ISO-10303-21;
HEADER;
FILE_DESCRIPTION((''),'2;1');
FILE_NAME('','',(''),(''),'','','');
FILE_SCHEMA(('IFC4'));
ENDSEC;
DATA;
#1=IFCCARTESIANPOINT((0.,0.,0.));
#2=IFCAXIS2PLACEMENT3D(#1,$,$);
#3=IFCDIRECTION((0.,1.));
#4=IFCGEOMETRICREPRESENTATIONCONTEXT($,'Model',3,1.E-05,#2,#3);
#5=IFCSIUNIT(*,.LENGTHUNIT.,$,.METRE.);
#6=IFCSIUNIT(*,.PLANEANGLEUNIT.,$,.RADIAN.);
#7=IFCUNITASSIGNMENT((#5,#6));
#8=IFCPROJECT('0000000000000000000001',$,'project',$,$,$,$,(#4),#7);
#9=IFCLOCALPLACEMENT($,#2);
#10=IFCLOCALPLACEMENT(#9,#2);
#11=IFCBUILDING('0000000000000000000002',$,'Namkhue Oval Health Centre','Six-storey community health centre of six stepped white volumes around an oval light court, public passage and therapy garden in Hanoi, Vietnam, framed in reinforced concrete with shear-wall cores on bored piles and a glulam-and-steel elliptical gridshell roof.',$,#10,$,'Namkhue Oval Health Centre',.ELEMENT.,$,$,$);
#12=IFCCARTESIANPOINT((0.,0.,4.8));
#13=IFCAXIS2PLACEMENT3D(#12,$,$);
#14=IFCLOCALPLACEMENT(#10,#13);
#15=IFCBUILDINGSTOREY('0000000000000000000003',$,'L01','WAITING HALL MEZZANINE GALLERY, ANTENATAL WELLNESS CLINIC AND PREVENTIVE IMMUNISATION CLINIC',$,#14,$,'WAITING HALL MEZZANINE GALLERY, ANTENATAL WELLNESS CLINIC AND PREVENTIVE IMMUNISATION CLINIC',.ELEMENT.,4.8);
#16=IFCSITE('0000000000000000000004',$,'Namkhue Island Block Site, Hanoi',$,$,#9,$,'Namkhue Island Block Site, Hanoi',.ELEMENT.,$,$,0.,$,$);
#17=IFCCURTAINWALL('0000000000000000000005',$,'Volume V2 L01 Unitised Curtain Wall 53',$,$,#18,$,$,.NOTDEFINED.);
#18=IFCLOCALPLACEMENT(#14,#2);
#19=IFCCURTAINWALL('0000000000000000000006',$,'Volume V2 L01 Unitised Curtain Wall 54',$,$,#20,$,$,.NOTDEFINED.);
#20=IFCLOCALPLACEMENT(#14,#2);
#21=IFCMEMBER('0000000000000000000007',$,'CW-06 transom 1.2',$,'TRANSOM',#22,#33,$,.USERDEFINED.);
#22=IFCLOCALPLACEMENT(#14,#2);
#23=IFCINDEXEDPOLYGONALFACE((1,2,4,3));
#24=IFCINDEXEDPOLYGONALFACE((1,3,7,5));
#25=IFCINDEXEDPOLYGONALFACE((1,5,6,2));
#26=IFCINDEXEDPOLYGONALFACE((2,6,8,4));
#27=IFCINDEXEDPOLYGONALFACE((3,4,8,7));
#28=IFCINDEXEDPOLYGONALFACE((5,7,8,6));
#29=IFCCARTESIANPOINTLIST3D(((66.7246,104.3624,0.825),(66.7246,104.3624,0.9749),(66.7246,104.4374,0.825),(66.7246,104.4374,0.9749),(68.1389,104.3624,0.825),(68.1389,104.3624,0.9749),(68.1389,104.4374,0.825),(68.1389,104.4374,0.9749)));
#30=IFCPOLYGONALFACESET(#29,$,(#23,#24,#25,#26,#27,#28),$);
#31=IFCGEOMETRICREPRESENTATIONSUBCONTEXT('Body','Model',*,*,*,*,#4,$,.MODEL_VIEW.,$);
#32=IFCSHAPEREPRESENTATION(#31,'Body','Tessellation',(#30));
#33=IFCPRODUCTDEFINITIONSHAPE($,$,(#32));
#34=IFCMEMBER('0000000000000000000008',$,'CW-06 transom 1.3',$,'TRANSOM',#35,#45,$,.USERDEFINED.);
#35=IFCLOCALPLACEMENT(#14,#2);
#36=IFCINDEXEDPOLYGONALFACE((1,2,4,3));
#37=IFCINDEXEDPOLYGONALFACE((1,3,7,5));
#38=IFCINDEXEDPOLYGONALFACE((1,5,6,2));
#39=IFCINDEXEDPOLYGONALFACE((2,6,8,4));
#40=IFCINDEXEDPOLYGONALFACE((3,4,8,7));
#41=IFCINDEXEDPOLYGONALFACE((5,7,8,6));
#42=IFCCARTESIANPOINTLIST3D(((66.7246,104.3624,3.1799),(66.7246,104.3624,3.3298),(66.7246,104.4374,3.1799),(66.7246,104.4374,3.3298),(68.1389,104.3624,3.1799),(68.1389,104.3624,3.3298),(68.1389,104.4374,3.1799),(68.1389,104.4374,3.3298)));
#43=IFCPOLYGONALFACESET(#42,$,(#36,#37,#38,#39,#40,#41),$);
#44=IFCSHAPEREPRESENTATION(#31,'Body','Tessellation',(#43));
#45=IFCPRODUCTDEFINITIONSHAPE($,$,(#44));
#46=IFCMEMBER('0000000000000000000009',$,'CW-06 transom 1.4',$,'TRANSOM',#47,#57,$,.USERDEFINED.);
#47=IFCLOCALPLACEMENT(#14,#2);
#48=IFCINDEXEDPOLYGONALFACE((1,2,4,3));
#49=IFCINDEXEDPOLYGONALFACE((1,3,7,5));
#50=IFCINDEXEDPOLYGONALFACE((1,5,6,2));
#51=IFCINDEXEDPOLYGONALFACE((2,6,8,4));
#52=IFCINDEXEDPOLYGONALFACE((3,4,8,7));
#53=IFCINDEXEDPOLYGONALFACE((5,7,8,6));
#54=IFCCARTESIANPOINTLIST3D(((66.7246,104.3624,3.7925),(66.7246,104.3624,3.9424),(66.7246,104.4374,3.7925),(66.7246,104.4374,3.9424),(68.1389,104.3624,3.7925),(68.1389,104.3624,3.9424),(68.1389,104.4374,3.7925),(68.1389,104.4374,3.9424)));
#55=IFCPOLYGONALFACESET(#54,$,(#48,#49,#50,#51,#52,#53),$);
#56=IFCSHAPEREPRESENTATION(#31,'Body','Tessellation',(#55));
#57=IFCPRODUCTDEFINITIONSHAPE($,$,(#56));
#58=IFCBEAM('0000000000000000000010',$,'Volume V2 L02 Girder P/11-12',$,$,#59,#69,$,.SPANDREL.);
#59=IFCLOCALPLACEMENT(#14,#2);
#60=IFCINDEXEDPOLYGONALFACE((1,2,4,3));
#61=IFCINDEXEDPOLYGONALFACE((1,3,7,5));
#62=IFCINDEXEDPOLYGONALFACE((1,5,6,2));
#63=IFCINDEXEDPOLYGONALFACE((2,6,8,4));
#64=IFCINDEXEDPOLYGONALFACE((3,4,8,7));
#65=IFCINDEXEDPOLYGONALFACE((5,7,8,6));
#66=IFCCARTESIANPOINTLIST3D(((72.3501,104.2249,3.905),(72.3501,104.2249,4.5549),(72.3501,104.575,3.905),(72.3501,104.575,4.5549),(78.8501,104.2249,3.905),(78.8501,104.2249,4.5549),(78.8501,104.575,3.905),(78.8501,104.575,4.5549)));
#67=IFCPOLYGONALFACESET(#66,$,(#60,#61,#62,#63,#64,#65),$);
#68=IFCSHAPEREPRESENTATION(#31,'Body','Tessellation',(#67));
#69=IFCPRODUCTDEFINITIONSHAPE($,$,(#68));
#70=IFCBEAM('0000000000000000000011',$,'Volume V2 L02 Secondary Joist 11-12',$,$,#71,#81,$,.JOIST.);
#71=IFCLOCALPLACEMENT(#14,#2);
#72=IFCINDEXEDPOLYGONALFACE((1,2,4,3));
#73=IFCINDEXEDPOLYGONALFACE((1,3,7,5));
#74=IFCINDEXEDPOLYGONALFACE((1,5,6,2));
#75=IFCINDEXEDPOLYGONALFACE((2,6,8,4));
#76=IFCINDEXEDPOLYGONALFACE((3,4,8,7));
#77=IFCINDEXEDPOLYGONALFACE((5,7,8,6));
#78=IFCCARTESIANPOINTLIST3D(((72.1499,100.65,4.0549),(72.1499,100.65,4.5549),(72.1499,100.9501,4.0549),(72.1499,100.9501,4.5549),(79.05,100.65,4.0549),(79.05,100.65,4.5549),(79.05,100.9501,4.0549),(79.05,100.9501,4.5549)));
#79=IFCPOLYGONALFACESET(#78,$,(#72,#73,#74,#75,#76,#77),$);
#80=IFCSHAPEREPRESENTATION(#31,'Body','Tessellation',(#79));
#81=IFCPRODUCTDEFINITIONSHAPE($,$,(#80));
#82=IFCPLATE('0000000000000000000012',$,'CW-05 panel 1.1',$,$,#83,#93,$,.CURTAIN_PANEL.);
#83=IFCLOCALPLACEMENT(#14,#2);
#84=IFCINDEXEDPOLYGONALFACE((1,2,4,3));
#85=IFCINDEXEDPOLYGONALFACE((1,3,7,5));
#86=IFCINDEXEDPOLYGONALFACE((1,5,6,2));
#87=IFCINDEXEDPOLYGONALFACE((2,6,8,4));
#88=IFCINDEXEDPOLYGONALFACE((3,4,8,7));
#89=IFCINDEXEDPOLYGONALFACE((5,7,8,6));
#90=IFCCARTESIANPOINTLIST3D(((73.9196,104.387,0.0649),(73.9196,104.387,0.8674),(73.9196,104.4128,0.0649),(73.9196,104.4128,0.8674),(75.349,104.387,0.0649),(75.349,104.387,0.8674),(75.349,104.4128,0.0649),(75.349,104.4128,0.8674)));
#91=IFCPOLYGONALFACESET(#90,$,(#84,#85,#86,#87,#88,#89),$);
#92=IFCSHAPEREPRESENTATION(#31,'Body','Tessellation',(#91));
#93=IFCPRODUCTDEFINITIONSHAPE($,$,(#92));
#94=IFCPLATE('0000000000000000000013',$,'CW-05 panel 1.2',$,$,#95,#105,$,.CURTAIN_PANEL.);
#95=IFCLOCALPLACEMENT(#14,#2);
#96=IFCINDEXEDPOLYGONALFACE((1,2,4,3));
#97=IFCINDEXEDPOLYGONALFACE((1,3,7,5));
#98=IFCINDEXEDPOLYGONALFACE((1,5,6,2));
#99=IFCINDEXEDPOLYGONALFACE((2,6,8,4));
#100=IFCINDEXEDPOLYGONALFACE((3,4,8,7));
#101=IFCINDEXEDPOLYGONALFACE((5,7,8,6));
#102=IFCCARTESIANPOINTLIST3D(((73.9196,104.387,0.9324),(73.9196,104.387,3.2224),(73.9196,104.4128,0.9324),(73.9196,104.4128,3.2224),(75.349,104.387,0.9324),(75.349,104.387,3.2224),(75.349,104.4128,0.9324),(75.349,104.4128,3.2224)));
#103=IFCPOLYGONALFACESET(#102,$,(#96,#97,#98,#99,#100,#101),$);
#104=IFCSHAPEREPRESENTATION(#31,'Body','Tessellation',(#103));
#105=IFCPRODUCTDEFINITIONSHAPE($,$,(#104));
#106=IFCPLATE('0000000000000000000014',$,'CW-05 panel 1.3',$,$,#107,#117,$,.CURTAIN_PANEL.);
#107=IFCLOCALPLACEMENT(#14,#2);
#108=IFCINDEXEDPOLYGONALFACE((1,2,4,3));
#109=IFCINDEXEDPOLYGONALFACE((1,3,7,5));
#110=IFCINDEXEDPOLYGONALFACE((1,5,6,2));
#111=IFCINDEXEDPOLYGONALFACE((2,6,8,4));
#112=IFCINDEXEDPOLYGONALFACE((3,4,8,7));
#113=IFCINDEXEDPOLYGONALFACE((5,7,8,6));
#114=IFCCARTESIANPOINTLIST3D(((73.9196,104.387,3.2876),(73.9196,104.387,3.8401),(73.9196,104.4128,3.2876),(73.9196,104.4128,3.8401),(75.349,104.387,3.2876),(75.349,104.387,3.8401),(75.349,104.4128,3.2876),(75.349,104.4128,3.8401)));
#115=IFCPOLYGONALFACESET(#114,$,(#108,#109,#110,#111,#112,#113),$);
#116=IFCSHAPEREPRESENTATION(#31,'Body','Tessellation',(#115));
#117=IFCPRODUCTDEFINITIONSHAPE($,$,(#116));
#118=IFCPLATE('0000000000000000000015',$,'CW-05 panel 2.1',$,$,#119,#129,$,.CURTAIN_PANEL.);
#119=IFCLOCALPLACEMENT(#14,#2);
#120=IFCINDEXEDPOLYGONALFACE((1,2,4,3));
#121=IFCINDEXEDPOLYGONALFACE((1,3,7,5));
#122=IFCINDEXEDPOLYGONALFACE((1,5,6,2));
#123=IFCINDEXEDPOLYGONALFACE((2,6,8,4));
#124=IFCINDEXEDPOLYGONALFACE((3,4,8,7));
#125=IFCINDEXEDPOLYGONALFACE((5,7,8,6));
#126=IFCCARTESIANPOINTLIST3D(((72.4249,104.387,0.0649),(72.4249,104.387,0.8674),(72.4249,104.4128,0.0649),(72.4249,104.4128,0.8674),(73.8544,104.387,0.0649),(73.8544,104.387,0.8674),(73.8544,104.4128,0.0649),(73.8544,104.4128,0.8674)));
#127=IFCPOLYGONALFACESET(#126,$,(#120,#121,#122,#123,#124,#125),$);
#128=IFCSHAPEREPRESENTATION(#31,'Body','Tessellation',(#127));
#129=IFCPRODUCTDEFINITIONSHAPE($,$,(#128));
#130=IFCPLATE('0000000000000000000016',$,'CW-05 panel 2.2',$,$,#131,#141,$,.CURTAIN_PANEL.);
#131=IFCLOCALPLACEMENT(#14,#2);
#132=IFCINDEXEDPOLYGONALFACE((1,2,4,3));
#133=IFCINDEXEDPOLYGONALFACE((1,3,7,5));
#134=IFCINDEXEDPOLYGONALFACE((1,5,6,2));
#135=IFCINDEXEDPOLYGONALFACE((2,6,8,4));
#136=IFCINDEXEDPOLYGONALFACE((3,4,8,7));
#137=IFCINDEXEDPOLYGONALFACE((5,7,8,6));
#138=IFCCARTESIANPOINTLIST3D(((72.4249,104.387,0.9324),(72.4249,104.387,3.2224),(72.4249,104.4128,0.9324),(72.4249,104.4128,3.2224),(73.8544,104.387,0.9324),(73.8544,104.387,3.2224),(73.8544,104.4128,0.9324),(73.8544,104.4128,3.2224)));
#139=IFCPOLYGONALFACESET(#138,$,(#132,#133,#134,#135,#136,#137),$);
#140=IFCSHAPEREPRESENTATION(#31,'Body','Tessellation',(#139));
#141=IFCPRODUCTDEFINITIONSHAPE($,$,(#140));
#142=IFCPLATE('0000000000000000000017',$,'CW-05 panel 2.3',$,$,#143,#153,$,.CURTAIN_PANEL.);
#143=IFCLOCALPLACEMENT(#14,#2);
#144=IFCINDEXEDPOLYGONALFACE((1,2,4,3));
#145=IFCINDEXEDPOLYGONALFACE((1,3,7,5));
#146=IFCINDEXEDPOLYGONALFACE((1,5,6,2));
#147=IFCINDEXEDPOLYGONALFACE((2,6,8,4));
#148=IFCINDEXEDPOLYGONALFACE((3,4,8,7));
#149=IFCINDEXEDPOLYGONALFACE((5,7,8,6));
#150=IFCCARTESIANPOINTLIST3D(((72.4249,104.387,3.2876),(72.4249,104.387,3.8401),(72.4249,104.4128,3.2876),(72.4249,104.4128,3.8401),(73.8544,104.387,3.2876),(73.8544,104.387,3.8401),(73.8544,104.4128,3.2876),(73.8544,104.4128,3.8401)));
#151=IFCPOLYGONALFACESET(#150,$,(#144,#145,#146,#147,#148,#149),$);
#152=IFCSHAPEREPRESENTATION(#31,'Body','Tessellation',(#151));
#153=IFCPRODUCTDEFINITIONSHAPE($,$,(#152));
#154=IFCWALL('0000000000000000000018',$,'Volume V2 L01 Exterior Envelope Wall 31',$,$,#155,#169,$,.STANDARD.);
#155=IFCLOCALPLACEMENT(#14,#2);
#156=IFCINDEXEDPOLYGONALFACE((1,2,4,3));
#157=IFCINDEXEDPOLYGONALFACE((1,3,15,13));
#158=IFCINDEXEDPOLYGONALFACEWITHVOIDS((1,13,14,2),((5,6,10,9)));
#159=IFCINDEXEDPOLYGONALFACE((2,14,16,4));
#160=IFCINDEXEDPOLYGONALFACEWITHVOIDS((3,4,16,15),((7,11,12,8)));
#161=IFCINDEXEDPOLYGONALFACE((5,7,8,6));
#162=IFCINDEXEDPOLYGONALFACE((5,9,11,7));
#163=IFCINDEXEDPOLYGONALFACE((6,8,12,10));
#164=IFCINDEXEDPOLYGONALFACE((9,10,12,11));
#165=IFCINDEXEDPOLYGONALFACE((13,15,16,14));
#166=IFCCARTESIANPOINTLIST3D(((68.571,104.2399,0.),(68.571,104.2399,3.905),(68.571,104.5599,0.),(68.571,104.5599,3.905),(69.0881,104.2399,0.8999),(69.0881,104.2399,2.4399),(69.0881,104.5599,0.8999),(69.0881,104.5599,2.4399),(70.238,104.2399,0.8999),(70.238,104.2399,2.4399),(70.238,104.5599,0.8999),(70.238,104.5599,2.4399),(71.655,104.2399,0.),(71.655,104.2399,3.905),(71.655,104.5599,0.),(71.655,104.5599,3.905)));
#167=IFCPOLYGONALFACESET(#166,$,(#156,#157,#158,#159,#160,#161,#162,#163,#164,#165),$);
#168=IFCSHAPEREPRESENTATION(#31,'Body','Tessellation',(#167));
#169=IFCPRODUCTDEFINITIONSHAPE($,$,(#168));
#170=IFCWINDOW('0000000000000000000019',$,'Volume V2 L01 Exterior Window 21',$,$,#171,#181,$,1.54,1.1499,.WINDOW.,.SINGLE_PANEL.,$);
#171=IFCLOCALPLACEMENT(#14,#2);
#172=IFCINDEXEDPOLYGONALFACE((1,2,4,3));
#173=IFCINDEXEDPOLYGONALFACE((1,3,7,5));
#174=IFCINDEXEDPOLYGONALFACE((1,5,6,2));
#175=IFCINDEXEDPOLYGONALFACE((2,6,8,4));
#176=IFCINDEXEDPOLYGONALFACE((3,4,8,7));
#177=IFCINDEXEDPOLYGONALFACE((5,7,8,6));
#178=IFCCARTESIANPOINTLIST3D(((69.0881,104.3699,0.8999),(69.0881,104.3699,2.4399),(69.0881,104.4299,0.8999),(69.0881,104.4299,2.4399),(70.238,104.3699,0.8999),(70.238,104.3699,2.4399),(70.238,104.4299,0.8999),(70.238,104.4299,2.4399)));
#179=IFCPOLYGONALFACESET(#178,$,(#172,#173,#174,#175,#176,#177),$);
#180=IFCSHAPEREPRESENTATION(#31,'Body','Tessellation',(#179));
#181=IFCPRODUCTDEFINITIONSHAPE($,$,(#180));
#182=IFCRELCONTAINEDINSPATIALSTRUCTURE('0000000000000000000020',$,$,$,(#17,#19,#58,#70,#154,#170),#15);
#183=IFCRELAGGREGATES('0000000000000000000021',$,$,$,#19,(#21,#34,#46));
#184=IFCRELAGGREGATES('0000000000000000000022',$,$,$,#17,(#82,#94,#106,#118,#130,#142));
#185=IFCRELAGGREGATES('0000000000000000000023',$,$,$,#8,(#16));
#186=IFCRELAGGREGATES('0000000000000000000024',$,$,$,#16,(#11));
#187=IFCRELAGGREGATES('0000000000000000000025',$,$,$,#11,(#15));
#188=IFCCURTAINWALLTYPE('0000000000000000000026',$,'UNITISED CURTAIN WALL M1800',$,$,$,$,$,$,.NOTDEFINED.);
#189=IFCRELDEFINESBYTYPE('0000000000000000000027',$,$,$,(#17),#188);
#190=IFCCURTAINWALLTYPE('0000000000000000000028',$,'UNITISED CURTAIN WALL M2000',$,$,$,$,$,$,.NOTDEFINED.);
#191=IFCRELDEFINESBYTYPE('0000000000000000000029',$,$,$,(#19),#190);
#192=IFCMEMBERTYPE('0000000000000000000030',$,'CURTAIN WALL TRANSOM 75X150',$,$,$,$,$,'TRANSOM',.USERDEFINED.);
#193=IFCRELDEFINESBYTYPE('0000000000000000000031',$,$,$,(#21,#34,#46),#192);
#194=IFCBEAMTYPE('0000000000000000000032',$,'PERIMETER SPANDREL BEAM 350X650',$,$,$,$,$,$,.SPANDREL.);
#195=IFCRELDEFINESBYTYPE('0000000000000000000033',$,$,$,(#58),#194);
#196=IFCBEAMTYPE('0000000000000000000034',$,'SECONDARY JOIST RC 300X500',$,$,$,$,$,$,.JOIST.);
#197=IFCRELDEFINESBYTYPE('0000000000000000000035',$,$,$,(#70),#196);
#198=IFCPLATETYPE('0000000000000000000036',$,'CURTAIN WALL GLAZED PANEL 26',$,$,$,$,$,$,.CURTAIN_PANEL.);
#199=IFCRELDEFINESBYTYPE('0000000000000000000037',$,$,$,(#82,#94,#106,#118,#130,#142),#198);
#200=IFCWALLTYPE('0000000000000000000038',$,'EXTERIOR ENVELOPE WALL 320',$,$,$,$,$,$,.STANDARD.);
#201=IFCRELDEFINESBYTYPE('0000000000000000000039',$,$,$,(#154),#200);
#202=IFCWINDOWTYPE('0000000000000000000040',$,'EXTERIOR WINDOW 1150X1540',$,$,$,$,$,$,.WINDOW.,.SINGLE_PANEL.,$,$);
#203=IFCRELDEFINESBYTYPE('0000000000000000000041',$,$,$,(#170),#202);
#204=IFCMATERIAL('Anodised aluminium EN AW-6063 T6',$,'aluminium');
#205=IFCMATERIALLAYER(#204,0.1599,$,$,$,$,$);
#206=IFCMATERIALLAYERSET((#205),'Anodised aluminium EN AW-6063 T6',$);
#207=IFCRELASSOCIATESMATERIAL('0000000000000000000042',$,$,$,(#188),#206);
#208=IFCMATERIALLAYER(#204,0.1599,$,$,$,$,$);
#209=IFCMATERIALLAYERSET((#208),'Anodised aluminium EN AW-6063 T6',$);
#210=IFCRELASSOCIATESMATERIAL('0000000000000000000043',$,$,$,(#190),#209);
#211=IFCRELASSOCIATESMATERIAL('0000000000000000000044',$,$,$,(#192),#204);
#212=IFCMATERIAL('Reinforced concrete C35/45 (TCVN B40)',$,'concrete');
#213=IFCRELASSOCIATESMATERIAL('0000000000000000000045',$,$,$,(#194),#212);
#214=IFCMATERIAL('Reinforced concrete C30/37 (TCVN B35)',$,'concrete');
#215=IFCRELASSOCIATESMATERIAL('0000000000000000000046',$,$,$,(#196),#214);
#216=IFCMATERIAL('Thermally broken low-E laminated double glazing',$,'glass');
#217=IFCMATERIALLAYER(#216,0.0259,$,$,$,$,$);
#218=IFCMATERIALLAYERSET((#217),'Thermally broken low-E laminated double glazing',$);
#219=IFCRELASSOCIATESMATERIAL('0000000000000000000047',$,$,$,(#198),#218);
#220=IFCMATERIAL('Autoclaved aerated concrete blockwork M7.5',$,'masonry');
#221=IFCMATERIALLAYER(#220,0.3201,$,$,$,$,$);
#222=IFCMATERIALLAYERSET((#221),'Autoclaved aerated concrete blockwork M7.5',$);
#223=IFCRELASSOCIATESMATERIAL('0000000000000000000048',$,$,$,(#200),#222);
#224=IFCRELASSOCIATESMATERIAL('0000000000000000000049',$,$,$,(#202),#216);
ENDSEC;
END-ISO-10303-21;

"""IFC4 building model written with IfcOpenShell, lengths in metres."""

from ifc_helpers import new_model, si_unit, direction, frame, frame_2d, origin, origin_2d, place, context, subcontext, project, spatial, rectangle, extrude, material, layer, layer_set, material_profile, profile_set, type_object, element, fill, aggregate, save


model = new_model("IFC4")

# Units and contexts
model_context = context("Model", 3, precision=1e-05, world=origin(), true_north=direction((0.0, 1.0)))
body_context = subcontext(model_context, "Body", "Model", "MODEL_VIEW")
ifc_project = project(units=[si_unit("LENGTHUNIT", "METRE"), si_unit("PLANEANGLEUNIT", "RADIAN")], contexts=[model_context])

# Site, building, storey
site_placement = place(None, origin())
site = spatial("IfcSite", under=ifc_project, at=site_placement, Name="Namkhue Island Block Site, Hanoi", LongName="Namkhue Island Block Site, Hanoi", CompositionType="ELEMENT", RefElevation=0.0)
building_placement = place(site_placement, origin())
building = spatial("IfcBuilding", under=site, at=building_placement, Name="Namkhue Oval Health Centre", Description="Six-storey community health centre of six stepped white volumes around an oval light court, public passage and therapy garden in Hanoi, Vietnam, framed in reinforced concrete with shear-wall cores on bored piles and a glulam-and-steel elliptical gridshell roof.", LongName="Namkhue Oval Health Centre", CompositionType="ELEMENT")
storey_placement = place(building_placement, frame((0.0, 0.0, 4.8)))
storey = spatial("IfcBuildingStorey", under=building, at=storey_placement, Name="L01", Description="WAITING HALL MEZZANINE GALLERY, ANTENATAL WELLNESS CLINIC AND PREVENTIVE IMMUNISATION CLINIC", LongName="WAITING HALL MEZZANINE GALLERY, ANTENATAL WELLNESS CLINIC AND PREVENTIVE IMMUNISATION CLINIC", CompositionType="ELEMENT", Elevation=4.8)

# Shared definitions
ifc_material_1 = material(Name="Reinforced concrete C35/45 (TCVN B40)", Category="concrete")

# Curtain wall
ifc_material_2 = material(Name="Anodised aluminium EN AW-6063 T6", Category="aluminium")
ifc_layer_1 = layer(ifc_material_2, 0.1599)
ifc_layer_set_1 = layer_set([ifc_layer_1], Name="Anodised aluminium EN AW-6063 T6")
curtain_wall_type_1 = type_object("IfcCurtainWallType", Name="UNITISED CURTAIN WALL M1800", PredefinedType="NOTDEFINED", material=ifc_layer_set_1)
curtain_wall_1_placement = place(storey_placement, origin())
curtain_wall_1 = element("IfcCurtainWall", 1, at=curtain_wall_1_placement, inside=storey, type_object=curtain_wall_type_1, Name="Volume V2 L01 Unitised Curtain Wall 53", PredefinedType="NOTDEFINED")

# Curtain wall
ifc_layer_2 = layer(ifc_material_2, 0.1599)
ifc_layer_set_2 = layer_set([ifc_layer_2], Name="Anodised aluminium EN AW-6063 T6")
curtain_wall_type_2 = type_object("IfcCurtainWallType", Name="UNITISED CURTAIN WALL M2000", PredefinedType="NOTDEFINED", material=ifc_layer_set_2)
curtain_wall_2_placement = place(storey_placement, origin())
curtain_wall_2 = element("IfcCurtainWall", 2, at=curtain_wall_2_placement, inside=storey, type_object=curtain_wall_type_2, Name="Volume V2 L01 Unitised Curtain Wall 54", PredefinedType="NOTDEFINED")

# Members
ifc_material_profile_1 = material_profile(ifc_material_2, rectangle(XDim=0.075, YDim=0.1499, at=origin_2d()), Name="ALU 75x150")
ifc_profile_set_1 = profile_set([ifc_material_profile_1], Name="Anodised aluminium EN AW-6063 T6")
member_type_1 = type_object("IfcMemberType", Name="CURTAIN WALL TRANSOM 75X150", ElementType="TRANSOM", PredefinedType="USERDEFINED", material=ifc_profile_set_1)
member_1_placement = place(storey_placement, frame((68.1389, 104.3999, 0.8999), z_axis=(-1.0, 0.0, 0.0), x_axis=(0.0, -1.0, 0.0)))
member_1 = element("IfcMember", 3, at=member_1_placement, type_object=member_type_1, Name="CW-06 transom 1.2", ObjectType="TRANSOM", PredefinedType="USERDEFINED", context=body_context, shape_type="SweptSolid", body=[
    extrude(rectangle(XDim=0.075, YDim=0.1499, at=origin_2d()), origin(), (0.0, 0.0, 1.0), 1.4143),
])
member_2_placement = place(storey_placement, frame((68.1389, 104.3999, 3.2549), z_axis=(-1.0, 0.0, 0.0), x_axis=(0.0, -1.0, 0.0)))
member_2 = element("IfcMember", 4, at=member_2_placement, type_object=member_type_1, Name="CW-06 transom 1.3", ObjectType="TRANSOM", PredefinedType="USERDEFINED", context=body_context, shape_type="SweptSolid", body=[
    extrude(rectangle(XDim=0.075, YDim=0.1499, at=origin_2d()), origin(), (0.0, 0.0, 1.0), 1.4143),
])
member_3_placement = place(storey_placement, frame((68.1389, 104.3999, 3.8674), z_axis=(-1.0, 0.0, 0.0), x_axis=(0.0, -1.0, 0.0)))
member_3 = element("IfcMember", 5, at=member_3_placement, type_object=member_type_1, Name="CW-06 transom 1.4", ObjectType="TRANSOM", PredefinedType="USERDEFINED", context=body_context, shape_type="SweptSolid", body=[
    extrude(rectangle(XDim=0.075, YDim=0.1499, at=origin_2d()), origin(), (0.0, 0.0, 1.0), 1.4143),
])
aggregate(curtain_wall_2, [member_1, member_2, member_3])

# Beams
ifc_material_profile_2 = material_profile(ifc_material_1, rectangle(XDim=0.3501, YDim=0.6499, at=origin_2d()), Name="RC 350x650")
ifc_profile_set_2 = profile_set([ifc_material_profile_2], Name="Reinforced concrete C35/45 (TCVN B40)")
beam_type_1 = type_object("IfcBeamType", Name="PERIMETER SPANDREL BEAM 350X650", PredefinedType="SPANDREL", material=ifc_profile_set_2)
beam_1_placement = place(storey_placement, frame((72.3501, 104.3999, 4.23), z_axis=(1.0, 0.0, 0.0), x_axis=(0.0, 1.0, 0.0)))
element("IfcBeam", 6, at=beam_1_placement, inside=storey, type_object=beam_type_1, Name="Volume V2 L02 Girder P/11-12", PredefinedType="SPANDREL", context=body_context, shape_type="SweptSolid", body=[
    extrude(rectangle(XDim=0.3501, YDim=0.6499, at=origin_2d()), origin(), (0.0, 0.0, 1.0), 6.5),
])
ifc_material_3 = material(Name="Reinforced concrete C30/37 (TCVN B35)", Category="concrete")
ifc_material_profile_3 = material_profile(ifc_material_3, rectangle(XDim=0.3, YDim=0.5, at=origin_2d()), Name="RC 300x500")
ifc_profile_set_3 = profile_set([ifc_material_profile_3], Name="Reinforced concrete C30/37 (TCVN B35)")
beam_type_2 = type_object("IfcBeamType", Name="SECONDARY JOIST RC 300X500", PredefinedType="JOIST", material=ifc_profile_set_3)
beam_2_placement = place(storey_placement, frame((72.1499, 100.8, 4.3049), z_axis=(1.0, 0.0, 0.0), x_axis=(0.0, 1.0, 0.0)))
element("IfcBeam", 7, at=beam_2_placement, inside=storey, type_object=beam_type_2, Name="Volume V2 L02 Secondary Joist 11-12", PredefinedType="JOIST", context=body_context, shape_type="SweptSolid", body=[
    extrude(rectangle(XDim=0.3, YDim=0.5, at=origin_2d()), origin(), (0.0, 0.0, 1.0), 6.9001),
])

# Plates
ifc_material_4 = material(Name="Thermally broken low-E laminated double glazing", Category="glass")
ifc_layer_3 = layer(ifc_material_4, 0.0259)
ifc_layer_set_3 = layer_set([ifc_layer_3], Name="Thermally broken low-E laminated double glazing")
plate_type = type_object("IfcPlateType", Name="CURTAIN WALL GLAZED PANEL 26", PredefinedType="CURTAIN_PANEL", material=ifc_layer_set_3)
plate_1_placement = place(storey_placement, frame((74.6343, 104.3999, 0.0649), z_axis=(0.0, 0.0, 1.0), x_axis=(-1.0, 0.0, 0.0)))
plate_1 = element("IfcPlate", 8, at=plate_1_placement, type_object=plate_type, Name="CW-05 panel 1.1", PredefinedType="CURTAIN_PANEL", context=body_context, shape_type="SweptSolid", body=[
    extrude(rectangle(XDim=1.4294, YDim=0.0259, at=origin_2d()), origin(), (0.0, 0.0, 1.0), 0.8025),
])
plate_2_placement = place(storey_placement, frame((74.6343, 104.3999, 0.9324), z_axis=(0.0, 0.0, 1.0), x_axis=(-1.0, 0.0, 0.0)))
plate_2 = element("IfcPlate", 9, at=plate_2_placement, type_object=plate_type, Name="CW-05 panel 1.2", PredefinedType="CURTAIN_PANEL", context=body_context, shape_type="SweptSolid", body=[
    extrude(rectangle(XDim=1.4294, YDim=0.0259, at=origin_2d()), origin(), (0.0, 0.0, 1.0), 2.29),
])
plate_3_placement = place(storey_placement, frame((74.6343, 104.3999, 3.2876), z_axis=(0.0, 0.0, 1.0), x_axis=(-1.0, 0.0, 0.0)))
plate_3 = element("IfcPlate", 10, at=plate_3_placement, type_object=plate_type, Name="CW-05 panel 1.3", PredefinedType="CURTAIN_PANEL", context=body_context, shape_type="SweptSolid", body=[
    extrude(rectangle(XDim=1.4294, YDim=0.0259, at=origin_2d()), origin(), (0.0, 0.0, 1.0), 0.5525),
])
plate_4_placement = place(storey_placement, frame((73.1396, 104.3999, 0.0649), z_axis=(0.0, 0.0, 1.0), x_axis=(-1.0, 0.0, 0.0)))
plate_4 = element("IfcPlate", 11, at=plate_4_placement, type_object=plate_type, Name="CW-05 panel 2.1", PredefinedType="CURTAIN_PANEL", context=body_context, shape_type="SweptSolid", body=[
    extrude(rectangle(XDim=1.4294, YDim=0.0259, at=origin_2d()), origin(), (0.0, 0.0, 1.0), 0.8025),
])
plate_5_placement = place(storey_placement, frame((73.1396, 104.3999, 0.9324), z_axis=(0.0, 0.0, 1.0), x_axis=(-1.0, 0.0, 0.0)))
plate_5 = element("IfcPlate", 12, at=plate_5_placement, type_object=plate_type, Name="CW-05 panel 2.2", PredefinedType="CURTAIN_PANEL", context=body_context, shape_type="SweptSolid", body=[
    extrude(rectangle(XDim=1.4294, YDim=0.0259, at=origin_2d()), origin(), (0.0, 0.0, 1.0), 2.29),
])
plate_6_placement = place(storey_placement, frame((73.1396, 104.3999, 3.2876), z_axis=(0.0, 0.0, 1.0), x_axis=(-1.0, 0.0, 0.0)))
plate_6 = element("IfcPlate", 13, at=plate_6_placement, type_object=plate_type, Name="CW-05 panel 2.3", PredefinedType="CURTAIN_PANEL", context=body_context, shape_type="SweptSolid", body=[
    extrude(rectangle(XDim=1.4294, YDim=0.0259, at=origin_2d()), origin(), (0.0, 0.0, 1.0), 0.5525),
])
aggregate(curtain_wall_1, [plate_1, plate_2, plate_3, plate_4, plate_5, plate_6])

# Wall, opening, window
ifc_material_5 = material(Name="Autoclaved aerated concrete blockwork M7.5", Category="masonry")
ifc_layer_4 = layer(ifc_material_5, 0.3201)
ifc_layer_set_4 = layer_set([ifc_layer_4], Name="Autoclaved aerated concrete blockwork M7.5")
wall_type = type_object("IfcWallType", Name="EXTERIOR ENVELOPE WALL 320", PredefinedType="STANDARD", material=ifc_layer_set_4)
wall_placement = place(storey_placement, frame((71.655, 104.3999, 0.0), z_axis=(0.0, 0.0, 1.0), x_axis=(-1.0, 0.0, 0.0)))
wall = element("IfcWall", 14, at=wall_placement, inside=storey, type_object=wall_type, Name="Volume V2 L01 Exterior Envelope Wall 31", PredefinedType="STANDARD", context=body_context, shape_type="SweptSolid", body=[
    extrude(rectangle(XDim=3.084, YDim=0.3201, at=frame_2d((1.542, 0.0))), origin(), (0.0, 0.0, 1.0), 3.905),
])
opening_placement = place(wall_placement, frame((1.417, 0.0, 0.8999)))
opening = element("IfcOpeningElement", 15, at=opening_placement, cuts=wall, PredefinedType="OPENING", context=body_context, shape_type="SweptSolid", body=[
    extrude(rectangle(XDim=1.1499, YDim=1.54, at=frame_2d((0.575, 0.77))), frame((0.0, 0.1699, 0.0), z_axis=(0.0, -1.0, 0.0), x_axis=(1.0, 0.0, 0.0)), (0.0, 0.0, 1.0), 0.3401),
])
window_type = type_object("IfcWindowType", Name="EXTERIOR WINDOW 1150X1540", PartitioningType="SINGLE_PANEL", PredefinedType="WINDOW", material=ifc_material_4)
window_placement = place(opening_placement, origin())
window = element("IfcWindow", 16, at=window_placement, inside=storey, type_object=window_type, Name="Volume V2 L01 Exterior Window 21", OverallHeight=1.54, OverallWidth=1.1499, PartitioningType="SINGLE_PANEL", PredefinedType="WINDOW", context=body_context, shape_type="SweptSolid", body=[
    extrude(rectangle(XDim=1.1499, YDim=1.54, at=frame_2d((0.575, 0.77))), frame((0.0, 0.03, 0.0), z_axis=(0.0, -1.0, 0.0), x_axis=(1.0, 0.0, 0.0)), (0.0, 0.0, 1.0), 0.0601),
])
fill(opening, window)

save(model, "model.ifc")
